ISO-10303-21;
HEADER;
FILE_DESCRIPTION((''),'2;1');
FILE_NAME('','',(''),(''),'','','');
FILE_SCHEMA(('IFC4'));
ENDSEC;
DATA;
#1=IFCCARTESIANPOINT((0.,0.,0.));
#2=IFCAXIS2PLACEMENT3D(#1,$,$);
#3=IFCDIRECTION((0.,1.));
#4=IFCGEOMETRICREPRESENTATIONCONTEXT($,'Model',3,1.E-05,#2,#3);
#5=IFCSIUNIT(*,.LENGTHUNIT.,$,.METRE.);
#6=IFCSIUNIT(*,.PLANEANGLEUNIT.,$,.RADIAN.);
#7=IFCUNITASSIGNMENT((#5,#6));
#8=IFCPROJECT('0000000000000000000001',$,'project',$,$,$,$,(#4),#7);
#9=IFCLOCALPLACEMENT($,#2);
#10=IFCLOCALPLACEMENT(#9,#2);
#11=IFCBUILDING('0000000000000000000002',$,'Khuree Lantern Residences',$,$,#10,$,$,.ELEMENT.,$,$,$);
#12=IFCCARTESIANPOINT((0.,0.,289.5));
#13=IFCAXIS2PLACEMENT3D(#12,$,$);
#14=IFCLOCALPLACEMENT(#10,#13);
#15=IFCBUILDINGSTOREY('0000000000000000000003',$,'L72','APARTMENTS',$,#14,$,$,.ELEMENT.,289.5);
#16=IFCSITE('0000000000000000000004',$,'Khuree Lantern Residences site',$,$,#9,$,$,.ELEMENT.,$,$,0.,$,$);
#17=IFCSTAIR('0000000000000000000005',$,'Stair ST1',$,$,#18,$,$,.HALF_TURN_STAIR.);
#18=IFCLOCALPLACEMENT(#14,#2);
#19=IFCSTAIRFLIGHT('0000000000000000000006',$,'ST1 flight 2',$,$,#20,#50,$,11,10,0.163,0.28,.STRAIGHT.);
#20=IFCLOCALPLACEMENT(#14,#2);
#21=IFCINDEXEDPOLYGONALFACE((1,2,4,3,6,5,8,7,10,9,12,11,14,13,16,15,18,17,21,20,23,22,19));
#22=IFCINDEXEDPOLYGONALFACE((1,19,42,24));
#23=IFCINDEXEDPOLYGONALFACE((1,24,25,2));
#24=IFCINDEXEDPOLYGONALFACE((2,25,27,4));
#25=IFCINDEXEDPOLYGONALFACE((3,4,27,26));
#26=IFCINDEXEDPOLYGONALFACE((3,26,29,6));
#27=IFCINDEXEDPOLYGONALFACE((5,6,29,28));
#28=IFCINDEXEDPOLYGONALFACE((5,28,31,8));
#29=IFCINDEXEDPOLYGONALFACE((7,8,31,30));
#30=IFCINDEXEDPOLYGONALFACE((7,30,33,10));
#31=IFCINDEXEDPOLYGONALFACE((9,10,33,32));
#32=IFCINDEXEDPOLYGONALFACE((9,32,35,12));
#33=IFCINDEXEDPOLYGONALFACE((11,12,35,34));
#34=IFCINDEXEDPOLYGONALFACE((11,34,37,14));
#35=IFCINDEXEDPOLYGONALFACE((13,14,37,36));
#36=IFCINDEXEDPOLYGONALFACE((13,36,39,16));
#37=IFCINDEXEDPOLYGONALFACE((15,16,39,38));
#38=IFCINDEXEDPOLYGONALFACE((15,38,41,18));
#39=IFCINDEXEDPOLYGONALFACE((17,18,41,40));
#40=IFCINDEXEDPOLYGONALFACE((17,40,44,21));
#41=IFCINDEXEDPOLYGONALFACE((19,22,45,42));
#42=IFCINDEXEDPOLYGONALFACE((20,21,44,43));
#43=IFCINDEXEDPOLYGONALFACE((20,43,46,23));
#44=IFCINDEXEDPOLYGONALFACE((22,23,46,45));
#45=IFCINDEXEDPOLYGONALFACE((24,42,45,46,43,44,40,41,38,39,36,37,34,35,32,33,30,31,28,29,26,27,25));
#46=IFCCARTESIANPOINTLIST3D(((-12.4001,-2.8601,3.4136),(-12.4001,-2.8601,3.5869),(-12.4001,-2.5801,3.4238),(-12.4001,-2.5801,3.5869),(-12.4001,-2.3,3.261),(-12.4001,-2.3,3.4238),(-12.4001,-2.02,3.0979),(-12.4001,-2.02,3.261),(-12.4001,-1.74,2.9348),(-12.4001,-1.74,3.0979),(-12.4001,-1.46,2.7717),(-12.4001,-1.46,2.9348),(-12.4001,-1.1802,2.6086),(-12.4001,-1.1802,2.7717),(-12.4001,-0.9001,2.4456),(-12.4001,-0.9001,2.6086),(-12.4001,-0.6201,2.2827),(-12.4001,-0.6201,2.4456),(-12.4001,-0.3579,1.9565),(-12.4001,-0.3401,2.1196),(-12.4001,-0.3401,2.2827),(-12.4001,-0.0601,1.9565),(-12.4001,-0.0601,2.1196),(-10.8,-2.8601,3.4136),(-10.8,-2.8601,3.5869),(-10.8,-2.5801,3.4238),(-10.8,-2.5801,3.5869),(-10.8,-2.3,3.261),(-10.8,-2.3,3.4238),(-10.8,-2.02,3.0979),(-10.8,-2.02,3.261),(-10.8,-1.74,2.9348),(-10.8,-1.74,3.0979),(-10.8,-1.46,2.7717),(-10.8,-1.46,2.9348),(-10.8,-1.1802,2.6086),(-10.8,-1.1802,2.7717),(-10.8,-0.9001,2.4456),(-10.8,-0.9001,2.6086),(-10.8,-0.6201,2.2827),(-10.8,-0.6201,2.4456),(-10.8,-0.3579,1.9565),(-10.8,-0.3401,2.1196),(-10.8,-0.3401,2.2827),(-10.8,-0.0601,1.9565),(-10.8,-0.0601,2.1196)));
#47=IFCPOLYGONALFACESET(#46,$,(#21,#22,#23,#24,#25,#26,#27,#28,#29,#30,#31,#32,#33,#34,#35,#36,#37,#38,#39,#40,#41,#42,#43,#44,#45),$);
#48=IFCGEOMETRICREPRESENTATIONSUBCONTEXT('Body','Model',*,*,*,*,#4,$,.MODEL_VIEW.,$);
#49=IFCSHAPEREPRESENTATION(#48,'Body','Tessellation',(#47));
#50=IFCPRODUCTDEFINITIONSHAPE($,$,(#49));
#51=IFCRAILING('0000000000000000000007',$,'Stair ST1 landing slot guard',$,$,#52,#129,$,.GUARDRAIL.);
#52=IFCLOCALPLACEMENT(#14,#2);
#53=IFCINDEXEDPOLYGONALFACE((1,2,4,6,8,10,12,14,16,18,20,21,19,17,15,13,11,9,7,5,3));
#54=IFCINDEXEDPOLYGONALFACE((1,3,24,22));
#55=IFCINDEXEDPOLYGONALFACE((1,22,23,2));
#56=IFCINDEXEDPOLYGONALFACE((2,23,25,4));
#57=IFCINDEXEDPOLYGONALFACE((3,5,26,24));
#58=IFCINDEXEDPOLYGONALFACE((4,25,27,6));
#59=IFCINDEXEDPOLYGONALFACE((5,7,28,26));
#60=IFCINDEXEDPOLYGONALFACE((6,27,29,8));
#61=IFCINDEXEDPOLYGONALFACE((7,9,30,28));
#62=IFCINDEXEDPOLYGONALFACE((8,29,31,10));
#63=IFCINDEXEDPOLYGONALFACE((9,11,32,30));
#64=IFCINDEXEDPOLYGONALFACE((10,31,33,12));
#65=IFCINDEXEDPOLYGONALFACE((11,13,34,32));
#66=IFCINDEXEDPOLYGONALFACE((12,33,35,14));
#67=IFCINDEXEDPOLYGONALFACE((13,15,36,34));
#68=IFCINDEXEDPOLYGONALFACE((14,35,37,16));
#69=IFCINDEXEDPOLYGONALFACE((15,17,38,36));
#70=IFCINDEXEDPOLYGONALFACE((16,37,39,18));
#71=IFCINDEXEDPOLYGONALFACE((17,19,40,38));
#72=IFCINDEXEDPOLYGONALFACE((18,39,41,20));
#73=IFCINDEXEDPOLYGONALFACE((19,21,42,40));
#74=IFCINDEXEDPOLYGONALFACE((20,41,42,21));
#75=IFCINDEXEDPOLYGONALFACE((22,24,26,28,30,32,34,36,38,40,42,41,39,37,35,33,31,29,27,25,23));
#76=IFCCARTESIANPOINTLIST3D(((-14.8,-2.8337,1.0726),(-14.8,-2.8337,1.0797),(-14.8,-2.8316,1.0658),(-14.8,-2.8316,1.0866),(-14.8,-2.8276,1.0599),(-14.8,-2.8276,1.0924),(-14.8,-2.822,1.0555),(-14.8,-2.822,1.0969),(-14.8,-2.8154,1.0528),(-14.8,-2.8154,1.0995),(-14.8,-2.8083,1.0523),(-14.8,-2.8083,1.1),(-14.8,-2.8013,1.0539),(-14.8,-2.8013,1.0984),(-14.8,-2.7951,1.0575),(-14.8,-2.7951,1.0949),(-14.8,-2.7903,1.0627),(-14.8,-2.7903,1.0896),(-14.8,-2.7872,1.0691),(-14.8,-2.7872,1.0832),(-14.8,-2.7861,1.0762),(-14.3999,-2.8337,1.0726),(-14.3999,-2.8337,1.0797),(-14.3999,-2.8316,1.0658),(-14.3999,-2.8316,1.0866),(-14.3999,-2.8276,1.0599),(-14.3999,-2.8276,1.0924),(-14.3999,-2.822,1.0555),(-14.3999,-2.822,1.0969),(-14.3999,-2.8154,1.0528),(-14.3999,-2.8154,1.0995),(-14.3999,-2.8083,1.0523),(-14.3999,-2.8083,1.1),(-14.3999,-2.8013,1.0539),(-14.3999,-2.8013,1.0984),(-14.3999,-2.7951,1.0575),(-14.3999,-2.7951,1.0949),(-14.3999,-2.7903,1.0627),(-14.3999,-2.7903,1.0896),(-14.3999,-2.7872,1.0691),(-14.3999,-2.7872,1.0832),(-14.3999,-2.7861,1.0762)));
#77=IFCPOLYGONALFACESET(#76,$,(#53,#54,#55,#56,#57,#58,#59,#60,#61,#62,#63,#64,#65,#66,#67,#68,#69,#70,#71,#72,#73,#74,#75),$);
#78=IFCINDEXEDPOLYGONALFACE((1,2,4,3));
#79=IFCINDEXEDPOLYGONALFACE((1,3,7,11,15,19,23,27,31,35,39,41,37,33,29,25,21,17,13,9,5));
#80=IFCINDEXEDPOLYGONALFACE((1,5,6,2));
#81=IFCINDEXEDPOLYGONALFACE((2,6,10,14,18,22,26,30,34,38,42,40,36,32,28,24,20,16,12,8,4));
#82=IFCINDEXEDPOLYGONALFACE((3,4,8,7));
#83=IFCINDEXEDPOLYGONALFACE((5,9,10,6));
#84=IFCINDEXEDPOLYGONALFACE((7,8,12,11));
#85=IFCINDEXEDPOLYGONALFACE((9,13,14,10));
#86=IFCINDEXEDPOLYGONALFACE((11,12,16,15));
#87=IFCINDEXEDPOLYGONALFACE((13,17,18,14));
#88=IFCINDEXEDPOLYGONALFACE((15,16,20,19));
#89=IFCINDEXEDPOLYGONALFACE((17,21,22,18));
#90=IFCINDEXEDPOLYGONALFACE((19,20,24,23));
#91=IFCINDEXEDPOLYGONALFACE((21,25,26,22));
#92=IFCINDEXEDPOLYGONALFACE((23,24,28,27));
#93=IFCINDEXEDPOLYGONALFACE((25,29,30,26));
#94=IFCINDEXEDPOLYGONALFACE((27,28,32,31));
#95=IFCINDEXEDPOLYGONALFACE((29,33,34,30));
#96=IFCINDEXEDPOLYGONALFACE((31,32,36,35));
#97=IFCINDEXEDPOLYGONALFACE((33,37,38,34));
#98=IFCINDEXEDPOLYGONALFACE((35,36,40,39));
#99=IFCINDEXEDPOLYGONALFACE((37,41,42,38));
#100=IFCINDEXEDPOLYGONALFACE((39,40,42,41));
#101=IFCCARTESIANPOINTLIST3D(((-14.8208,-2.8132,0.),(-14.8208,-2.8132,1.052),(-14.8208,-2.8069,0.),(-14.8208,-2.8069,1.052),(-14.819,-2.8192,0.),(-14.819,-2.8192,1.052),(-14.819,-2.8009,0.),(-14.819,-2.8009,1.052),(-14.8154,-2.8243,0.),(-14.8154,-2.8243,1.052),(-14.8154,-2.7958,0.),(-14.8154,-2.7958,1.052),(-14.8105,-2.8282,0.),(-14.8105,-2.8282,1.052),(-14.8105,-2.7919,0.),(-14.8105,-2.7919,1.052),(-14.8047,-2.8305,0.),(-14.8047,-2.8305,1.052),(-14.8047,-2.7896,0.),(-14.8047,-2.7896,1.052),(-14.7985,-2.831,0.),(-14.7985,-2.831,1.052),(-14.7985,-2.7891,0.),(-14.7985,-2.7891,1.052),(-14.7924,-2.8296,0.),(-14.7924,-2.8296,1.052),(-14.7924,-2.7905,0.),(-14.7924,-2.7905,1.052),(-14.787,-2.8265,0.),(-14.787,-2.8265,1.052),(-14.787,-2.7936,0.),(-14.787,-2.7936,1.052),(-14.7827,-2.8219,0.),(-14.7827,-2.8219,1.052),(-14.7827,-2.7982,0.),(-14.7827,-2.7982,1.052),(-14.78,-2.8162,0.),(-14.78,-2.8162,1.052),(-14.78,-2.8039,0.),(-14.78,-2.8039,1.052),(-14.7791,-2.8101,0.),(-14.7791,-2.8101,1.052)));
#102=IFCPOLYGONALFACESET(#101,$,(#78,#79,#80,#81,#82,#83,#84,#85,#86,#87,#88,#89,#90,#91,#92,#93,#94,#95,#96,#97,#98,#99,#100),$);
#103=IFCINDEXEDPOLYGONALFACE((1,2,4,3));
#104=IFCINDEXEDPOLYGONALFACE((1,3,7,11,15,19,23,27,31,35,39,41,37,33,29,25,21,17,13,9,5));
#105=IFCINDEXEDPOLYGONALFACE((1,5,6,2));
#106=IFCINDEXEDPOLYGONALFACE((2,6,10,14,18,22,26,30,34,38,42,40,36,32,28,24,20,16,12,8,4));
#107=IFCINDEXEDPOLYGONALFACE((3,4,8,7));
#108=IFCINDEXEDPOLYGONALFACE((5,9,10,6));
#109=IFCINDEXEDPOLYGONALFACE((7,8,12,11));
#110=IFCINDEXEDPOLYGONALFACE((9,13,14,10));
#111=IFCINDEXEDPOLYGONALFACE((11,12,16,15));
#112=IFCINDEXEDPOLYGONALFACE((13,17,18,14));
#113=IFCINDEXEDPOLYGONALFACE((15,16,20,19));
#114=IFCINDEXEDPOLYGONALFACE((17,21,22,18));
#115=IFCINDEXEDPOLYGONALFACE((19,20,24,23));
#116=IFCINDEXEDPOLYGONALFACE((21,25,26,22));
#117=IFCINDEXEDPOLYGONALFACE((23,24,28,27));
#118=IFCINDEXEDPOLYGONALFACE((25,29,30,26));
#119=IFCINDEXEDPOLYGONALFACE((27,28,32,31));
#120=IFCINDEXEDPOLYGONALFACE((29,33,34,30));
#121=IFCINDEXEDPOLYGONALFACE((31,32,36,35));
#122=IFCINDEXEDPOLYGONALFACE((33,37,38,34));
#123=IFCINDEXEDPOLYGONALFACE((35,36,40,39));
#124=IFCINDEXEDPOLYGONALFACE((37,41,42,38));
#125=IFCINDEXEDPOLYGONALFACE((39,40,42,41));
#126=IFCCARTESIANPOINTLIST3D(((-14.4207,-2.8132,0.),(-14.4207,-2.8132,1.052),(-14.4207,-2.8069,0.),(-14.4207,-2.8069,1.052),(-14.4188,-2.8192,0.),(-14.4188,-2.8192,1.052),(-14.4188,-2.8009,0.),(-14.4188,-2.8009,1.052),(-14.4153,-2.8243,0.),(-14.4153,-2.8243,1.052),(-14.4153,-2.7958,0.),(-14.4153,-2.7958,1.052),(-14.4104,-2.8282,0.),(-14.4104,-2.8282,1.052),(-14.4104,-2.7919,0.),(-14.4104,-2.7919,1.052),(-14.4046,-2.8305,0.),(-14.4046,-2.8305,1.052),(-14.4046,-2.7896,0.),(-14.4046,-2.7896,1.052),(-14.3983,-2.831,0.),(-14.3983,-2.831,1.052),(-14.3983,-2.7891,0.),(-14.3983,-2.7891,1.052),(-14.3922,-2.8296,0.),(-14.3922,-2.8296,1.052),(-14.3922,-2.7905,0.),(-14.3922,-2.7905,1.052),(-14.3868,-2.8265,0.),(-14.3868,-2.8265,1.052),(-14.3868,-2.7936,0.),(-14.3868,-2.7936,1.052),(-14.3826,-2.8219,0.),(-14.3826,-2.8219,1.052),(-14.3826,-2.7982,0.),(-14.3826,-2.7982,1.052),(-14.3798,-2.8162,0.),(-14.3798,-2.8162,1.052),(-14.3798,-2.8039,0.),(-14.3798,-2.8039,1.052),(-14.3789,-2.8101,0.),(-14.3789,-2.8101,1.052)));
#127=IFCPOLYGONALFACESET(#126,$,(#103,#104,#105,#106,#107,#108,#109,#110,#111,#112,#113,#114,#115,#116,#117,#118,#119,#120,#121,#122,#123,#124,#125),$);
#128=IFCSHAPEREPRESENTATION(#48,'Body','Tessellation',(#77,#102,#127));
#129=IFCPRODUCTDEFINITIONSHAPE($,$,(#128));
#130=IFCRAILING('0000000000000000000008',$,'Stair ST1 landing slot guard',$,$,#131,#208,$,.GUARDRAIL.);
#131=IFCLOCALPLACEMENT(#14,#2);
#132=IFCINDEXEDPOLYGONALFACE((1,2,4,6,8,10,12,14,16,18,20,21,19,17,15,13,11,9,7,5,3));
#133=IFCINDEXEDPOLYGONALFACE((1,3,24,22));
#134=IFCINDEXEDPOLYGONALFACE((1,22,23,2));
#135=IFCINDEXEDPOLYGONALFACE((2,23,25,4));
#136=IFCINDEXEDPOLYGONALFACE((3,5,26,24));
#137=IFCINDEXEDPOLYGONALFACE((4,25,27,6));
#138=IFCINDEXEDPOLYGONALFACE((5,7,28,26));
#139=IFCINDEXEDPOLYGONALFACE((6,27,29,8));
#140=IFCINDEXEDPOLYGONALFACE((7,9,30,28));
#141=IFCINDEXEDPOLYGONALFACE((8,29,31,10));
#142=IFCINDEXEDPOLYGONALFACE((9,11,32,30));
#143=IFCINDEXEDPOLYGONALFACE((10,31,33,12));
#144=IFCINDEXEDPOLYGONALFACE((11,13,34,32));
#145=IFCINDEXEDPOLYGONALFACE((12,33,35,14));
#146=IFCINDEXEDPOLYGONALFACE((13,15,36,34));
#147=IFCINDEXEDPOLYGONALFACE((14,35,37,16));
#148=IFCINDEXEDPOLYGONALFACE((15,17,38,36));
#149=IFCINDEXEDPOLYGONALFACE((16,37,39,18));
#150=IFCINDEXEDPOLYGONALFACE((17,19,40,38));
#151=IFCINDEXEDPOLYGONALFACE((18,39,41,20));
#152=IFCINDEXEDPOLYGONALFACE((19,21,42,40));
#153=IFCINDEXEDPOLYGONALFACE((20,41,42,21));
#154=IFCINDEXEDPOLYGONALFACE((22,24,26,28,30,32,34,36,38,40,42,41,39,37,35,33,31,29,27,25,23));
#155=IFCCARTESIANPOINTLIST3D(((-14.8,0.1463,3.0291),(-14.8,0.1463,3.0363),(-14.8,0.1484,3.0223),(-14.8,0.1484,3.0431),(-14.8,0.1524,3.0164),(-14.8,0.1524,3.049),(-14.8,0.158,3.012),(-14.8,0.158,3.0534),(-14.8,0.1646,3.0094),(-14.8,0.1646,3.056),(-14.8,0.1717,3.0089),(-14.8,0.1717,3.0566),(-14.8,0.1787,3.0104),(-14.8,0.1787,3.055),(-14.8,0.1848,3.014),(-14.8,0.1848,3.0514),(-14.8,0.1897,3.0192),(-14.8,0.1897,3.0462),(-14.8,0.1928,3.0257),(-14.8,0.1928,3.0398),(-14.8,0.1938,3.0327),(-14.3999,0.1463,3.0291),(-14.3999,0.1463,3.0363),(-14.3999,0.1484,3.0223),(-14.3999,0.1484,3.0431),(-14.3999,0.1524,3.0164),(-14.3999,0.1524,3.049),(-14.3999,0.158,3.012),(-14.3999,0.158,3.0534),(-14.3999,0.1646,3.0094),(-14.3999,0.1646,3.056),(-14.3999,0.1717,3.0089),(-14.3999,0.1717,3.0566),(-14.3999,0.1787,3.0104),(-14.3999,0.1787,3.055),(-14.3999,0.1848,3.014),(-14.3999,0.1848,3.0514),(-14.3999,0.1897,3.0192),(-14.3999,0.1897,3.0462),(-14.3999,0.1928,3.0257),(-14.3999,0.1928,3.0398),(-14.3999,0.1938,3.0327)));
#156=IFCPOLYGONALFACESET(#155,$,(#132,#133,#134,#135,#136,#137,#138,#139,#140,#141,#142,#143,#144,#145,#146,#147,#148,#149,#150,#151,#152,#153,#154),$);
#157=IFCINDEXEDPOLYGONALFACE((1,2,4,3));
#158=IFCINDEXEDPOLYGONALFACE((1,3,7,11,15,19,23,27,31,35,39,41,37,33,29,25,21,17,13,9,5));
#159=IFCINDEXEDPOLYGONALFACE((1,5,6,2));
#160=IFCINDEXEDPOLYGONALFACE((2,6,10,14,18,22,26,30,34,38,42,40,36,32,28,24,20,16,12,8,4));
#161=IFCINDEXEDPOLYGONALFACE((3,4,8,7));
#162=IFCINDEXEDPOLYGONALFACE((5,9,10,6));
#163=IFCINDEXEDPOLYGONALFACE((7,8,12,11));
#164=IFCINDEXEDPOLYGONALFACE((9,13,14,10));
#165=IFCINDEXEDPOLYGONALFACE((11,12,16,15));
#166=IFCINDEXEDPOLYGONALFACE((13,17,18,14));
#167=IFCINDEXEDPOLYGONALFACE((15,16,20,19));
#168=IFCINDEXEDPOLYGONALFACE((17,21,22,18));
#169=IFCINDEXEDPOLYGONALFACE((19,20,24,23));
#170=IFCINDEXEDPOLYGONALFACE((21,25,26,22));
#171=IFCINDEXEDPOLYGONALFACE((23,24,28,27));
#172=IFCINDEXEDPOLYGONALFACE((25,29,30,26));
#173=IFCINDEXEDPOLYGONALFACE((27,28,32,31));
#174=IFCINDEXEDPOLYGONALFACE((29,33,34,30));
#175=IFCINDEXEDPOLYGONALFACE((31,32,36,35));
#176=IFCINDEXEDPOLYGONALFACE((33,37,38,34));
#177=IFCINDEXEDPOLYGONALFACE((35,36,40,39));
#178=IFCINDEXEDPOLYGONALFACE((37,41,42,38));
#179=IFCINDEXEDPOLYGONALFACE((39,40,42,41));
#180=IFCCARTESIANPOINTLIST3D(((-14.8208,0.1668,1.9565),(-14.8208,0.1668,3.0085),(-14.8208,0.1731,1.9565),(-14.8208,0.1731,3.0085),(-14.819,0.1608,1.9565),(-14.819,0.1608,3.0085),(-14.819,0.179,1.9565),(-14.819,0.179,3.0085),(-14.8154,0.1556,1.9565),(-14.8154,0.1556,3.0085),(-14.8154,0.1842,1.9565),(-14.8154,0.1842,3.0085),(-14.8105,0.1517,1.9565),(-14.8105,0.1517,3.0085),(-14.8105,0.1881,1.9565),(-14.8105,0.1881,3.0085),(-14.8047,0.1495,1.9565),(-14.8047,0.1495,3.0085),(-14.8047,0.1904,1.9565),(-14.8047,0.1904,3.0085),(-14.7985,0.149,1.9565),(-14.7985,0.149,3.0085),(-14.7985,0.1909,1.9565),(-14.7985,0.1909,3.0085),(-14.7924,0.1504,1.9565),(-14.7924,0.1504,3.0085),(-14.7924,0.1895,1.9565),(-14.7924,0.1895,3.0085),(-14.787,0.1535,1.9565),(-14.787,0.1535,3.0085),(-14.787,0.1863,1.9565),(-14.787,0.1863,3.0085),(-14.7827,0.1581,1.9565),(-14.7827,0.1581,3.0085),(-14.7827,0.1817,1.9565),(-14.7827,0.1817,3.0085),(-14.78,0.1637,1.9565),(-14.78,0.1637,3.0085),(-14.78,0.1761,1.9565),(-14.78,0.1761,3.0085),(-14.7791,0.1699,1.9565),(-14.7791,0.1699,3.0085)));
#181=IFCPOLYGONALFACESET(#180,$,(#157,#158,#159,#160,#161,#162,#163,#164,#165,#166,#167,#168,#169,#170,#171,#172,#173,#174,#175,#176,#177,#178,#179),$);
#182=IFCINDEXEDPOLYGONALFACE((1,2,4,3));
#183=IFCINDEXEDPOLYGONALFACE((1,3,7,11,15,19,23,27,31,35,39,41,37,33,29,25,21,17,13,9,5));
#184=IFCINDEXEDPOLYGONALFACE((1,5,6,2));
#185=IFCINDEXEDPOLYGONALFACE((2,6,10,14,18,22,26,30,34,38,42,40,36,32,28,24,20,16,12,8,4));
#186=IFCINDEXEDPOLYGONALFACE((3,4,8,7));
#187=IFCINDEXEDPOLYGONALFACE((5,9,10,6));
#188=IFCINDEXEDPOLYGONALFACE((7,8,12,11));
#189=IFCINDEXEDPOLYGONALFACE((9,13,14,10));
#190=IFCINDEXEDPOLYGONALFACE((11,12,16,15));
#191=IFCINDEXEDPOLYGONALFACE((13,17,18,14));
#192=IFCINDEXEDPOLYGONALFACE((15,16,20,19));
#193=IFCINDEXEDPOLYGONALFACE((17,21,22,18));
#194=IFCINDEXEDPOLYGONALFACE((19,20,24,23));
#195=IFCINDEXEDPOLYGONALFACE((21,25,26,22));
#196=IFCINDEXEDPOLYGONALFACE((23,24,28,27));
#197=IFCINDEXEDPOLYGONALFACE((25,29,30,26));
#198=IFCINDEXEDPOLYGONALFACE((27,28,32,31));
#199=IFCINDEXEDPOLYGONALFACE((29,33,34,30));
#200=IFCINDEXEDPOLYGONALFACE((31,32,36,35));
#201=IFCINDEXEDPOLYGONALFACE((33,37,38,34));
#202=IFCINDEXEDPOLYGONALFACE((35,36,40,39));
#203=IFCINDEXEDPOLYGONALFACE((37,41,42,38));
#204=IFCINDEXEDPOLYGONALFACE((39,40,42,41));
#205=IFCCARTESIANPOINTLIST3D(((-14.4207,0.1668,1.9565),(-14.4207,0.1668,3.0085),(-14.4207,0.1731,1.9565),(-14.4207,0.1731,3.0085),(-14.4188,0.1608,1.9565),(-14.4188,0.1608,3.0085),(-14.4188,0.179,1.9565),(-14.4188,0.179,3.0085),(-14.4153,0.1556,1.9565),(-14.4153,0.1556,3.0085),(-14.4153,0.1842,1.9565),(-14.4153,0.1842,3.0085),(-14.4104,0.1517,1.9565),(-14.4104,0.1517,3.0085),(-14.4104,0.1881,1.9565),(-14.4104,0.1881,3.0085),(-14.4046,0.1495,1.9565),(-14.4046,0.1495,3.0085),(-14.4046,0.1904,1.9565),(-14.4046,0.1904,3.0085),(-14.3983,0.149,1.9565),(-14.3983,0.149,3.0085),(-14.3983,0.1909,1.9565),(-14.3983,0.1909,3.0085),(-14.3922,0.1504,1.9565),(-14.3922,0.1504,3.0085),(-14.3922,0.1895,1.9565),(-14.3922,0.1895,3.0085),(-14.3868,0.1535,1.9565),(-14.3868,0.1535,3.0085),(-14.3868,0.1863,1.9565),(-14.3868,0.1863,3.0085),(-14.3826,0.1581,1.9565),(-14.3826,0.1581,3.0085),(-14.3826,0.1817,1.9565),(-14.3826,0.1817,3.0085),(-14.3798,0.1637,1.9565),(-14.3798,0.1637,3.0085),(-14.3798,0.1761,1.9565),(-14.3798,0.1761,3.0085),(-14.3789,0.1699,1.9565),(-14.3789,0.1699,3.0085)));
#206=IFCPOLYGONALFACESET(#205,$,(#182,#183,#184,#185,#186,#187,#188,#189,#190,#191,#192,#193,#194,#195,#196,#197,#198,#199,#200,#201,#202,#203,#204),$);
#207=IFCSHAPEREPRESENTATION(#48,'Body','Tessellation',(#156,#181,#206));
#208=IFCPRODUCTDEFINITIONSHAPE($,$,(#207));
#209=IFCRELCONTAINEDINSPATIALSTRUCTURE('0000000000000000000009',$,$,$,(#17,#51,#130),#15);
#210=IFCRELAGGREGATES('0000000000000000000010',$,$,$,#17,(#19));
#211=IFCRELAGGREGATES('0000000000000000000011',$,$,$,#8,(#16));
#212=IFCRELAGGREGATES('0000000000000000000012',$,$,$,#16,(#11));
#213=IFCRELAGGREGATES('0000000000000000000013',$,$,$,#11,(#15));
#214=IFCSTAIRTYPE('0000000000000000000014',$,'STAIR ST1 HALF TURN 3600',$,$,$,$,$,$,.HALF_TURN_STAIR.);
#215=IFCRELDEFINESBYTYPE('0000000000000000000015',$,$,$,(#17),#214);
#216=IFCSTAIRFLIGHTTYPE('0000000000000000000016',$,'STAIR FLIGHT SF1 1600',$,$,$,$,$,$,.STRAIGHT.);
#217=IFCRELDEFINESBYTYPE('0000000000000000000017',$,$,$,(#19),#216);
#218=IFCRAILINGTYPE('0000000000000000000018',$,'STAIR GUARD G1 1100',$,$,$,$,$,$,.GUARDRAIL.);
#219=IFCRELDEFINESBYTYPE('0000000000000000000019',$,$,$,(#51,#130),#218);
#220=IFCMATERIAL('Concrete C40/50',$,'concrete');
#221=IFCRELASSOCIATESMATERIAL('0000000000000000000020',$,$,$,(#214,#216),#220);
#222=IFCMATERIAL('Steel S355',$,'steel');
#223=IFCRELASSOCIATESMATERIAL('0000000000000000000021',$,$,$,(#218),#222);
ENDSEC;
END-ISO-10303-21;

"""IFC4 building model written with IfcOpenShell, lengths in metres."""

from ifc_helpers import new_model, si_unit, direction, frame, origin, origin_2d, place, context, subcontext, project, spatial, polyline, circle, outline, extrude, material, type_object, element, aggregate, save


model = new_model("IFC4")

# Units and contexts
model_context = context("Model", 3, precision=1e-05, world=origin(), true_north=direction((0.0, 1.0)))
body_context = subcontext(model_context, "Body", "Model", "MODEL_VIEW")
ifc_project = project(units=[si_unit("LENGTHUNIT", "METRE"), si_unit("PLANEANGLEUNIT", "RADIAN")], contexts=[model_context])

# Site, building, storey
site_placement = place(None, origin())
site = spatial("IfcSite", under=ifc_project, at=site_placement, Name="Khuree Lantern Residences site", CompositionType="ELEMENT", RefElevation=0.0)
building_placement = place(site_placement, origin())
building = spatial("IfcBuilding", under=site, at=building_placement, Name="Khuree Lantern Residences", CompositionType="ELEMENT")
storey_placement = place(building_placement, frame((0.0, 0.0, 289.5)))
storey = spatial("IfcBuildingStorey", under=building, at=storey_placement, Name="L72", Description="APARTMENTS", CompositionType="ELEMENT", Elevation=289.5)

# Stair, stair flight
ifc_material_1 = material(Name="Concrete C40/50", Category="concrete")
stair_type = type_object("IfcStairType", Name="STAIR ST1 HALF TURN 3600", PredefinedType="HALF_TURN_STAIR", material=ifc_material_1)
stair_placement = place(storey_placement, origin())
stair = element("IfcStair", 1, at=stair_placement, inside=storey, type_object=stair_type, Name="Stair ST1", PredefinedType="HALF_TURN_STAIR")
stair_flight_type = type_object("IfcStairFlightType", Name="STAIR FLIGHT SF1 1600", PredefinedType="STRAIGHT", material=ifc_material_1)
stair_flight_1_placement = place(storey_placement, frame((-11.6001, -0.0601, 1.9565), z_axis=(0.0, 0.0, 1.0), x_axis=(0.0, -1.0, 0.0)))
stair_flight_1 = element("IfcStairFlight", 2, at=stair_flight_1_placement, type_object=stair_flight_type, Name="ST1 flight 2", NumberOfRisers=11, NumberOfTreads=10, PredefinedType="STRAIGHT", RiserHeight=0.163, TreadLength=0.28, context=body_context, shape_type="SweptSolid", body=[
    extrude(outline(polyline([(0.0, 0.0), (0.0, 0.1631), (0.28, 0.1631), (0.28, 0.3262), (0.5601, 0.3262), (0.5601, 0.489), (0.8401, 0.489), (0.8401, 0.6521), (1.1201, 0.6521), (1.1201, 0.8152), (1.3999, 0.8152), (1.3999, 0.9783), (1.6799, 0.9783), (1.6799, 1.1414), (1.96, 1.1414), (1.96, 1.3044), (2.24, 1.3044), (2.24, 1.4673), (2.52, 1.4673), (2.52, 1.6304), (2.8, 1.6304), (2.8, 1.7935), (2.8, 1.457), (0.2979, 0.0), (0.0, 0.0)])), frame((0.0, 0.8, 0.0), z_axis=(0.0, -1.0, 0.0), x_axis=(1.0, 0.0, 0.0)), (0.0, 0.0, 1.0), 1.6001),
])
aggregate(stair, [stair_flight_1])

# Railings
ifc_material_2 = material(Name="Steel S355", Category="steel")
railing_type_1 = type_object("IfcRailingType", Name="STAIR GUARD G1 1100", PredefinedType="GUARDRAIL", material=ifc_material_2)
for number, where, name in (
    (3, (-14.8, -2.8101, 0.0), "Stair ST1 landing slot guard"),
    (4, (-14.8, 0.1699, 1.9565), "Stair ST1 landing slot guard"),
):
    element("IfcRailing", number, at=place(storey_placement, frame(where)), inside=storey, type_object=railing_type_1, Name=name, PredefinedType="GUARDRAIL", context=body_context, shape_type="SweptSolid", body=[
        extrude(circle(Radius=0.0239, at=origin_2d()), frame((0.0, 0.0, 1.0762), z_axis=(1.0, 0.0, 0.0), x_axis=(0.0, 1.0, 0.0)), (0.0, 0.0, 1.0), 0.4001),
        extrude(circle(Radius=0.021, at=origin_2d()), origin(), (0.0, 0.0, 1.0), 1.052),
        extrude(circle(Radius=0.021, at=origin_2d()), frame((0.4001, 0.0, 0.0)), (0.0, 0.0, 1.0), 1.052),
    ])

save(model, "model.ifc")
